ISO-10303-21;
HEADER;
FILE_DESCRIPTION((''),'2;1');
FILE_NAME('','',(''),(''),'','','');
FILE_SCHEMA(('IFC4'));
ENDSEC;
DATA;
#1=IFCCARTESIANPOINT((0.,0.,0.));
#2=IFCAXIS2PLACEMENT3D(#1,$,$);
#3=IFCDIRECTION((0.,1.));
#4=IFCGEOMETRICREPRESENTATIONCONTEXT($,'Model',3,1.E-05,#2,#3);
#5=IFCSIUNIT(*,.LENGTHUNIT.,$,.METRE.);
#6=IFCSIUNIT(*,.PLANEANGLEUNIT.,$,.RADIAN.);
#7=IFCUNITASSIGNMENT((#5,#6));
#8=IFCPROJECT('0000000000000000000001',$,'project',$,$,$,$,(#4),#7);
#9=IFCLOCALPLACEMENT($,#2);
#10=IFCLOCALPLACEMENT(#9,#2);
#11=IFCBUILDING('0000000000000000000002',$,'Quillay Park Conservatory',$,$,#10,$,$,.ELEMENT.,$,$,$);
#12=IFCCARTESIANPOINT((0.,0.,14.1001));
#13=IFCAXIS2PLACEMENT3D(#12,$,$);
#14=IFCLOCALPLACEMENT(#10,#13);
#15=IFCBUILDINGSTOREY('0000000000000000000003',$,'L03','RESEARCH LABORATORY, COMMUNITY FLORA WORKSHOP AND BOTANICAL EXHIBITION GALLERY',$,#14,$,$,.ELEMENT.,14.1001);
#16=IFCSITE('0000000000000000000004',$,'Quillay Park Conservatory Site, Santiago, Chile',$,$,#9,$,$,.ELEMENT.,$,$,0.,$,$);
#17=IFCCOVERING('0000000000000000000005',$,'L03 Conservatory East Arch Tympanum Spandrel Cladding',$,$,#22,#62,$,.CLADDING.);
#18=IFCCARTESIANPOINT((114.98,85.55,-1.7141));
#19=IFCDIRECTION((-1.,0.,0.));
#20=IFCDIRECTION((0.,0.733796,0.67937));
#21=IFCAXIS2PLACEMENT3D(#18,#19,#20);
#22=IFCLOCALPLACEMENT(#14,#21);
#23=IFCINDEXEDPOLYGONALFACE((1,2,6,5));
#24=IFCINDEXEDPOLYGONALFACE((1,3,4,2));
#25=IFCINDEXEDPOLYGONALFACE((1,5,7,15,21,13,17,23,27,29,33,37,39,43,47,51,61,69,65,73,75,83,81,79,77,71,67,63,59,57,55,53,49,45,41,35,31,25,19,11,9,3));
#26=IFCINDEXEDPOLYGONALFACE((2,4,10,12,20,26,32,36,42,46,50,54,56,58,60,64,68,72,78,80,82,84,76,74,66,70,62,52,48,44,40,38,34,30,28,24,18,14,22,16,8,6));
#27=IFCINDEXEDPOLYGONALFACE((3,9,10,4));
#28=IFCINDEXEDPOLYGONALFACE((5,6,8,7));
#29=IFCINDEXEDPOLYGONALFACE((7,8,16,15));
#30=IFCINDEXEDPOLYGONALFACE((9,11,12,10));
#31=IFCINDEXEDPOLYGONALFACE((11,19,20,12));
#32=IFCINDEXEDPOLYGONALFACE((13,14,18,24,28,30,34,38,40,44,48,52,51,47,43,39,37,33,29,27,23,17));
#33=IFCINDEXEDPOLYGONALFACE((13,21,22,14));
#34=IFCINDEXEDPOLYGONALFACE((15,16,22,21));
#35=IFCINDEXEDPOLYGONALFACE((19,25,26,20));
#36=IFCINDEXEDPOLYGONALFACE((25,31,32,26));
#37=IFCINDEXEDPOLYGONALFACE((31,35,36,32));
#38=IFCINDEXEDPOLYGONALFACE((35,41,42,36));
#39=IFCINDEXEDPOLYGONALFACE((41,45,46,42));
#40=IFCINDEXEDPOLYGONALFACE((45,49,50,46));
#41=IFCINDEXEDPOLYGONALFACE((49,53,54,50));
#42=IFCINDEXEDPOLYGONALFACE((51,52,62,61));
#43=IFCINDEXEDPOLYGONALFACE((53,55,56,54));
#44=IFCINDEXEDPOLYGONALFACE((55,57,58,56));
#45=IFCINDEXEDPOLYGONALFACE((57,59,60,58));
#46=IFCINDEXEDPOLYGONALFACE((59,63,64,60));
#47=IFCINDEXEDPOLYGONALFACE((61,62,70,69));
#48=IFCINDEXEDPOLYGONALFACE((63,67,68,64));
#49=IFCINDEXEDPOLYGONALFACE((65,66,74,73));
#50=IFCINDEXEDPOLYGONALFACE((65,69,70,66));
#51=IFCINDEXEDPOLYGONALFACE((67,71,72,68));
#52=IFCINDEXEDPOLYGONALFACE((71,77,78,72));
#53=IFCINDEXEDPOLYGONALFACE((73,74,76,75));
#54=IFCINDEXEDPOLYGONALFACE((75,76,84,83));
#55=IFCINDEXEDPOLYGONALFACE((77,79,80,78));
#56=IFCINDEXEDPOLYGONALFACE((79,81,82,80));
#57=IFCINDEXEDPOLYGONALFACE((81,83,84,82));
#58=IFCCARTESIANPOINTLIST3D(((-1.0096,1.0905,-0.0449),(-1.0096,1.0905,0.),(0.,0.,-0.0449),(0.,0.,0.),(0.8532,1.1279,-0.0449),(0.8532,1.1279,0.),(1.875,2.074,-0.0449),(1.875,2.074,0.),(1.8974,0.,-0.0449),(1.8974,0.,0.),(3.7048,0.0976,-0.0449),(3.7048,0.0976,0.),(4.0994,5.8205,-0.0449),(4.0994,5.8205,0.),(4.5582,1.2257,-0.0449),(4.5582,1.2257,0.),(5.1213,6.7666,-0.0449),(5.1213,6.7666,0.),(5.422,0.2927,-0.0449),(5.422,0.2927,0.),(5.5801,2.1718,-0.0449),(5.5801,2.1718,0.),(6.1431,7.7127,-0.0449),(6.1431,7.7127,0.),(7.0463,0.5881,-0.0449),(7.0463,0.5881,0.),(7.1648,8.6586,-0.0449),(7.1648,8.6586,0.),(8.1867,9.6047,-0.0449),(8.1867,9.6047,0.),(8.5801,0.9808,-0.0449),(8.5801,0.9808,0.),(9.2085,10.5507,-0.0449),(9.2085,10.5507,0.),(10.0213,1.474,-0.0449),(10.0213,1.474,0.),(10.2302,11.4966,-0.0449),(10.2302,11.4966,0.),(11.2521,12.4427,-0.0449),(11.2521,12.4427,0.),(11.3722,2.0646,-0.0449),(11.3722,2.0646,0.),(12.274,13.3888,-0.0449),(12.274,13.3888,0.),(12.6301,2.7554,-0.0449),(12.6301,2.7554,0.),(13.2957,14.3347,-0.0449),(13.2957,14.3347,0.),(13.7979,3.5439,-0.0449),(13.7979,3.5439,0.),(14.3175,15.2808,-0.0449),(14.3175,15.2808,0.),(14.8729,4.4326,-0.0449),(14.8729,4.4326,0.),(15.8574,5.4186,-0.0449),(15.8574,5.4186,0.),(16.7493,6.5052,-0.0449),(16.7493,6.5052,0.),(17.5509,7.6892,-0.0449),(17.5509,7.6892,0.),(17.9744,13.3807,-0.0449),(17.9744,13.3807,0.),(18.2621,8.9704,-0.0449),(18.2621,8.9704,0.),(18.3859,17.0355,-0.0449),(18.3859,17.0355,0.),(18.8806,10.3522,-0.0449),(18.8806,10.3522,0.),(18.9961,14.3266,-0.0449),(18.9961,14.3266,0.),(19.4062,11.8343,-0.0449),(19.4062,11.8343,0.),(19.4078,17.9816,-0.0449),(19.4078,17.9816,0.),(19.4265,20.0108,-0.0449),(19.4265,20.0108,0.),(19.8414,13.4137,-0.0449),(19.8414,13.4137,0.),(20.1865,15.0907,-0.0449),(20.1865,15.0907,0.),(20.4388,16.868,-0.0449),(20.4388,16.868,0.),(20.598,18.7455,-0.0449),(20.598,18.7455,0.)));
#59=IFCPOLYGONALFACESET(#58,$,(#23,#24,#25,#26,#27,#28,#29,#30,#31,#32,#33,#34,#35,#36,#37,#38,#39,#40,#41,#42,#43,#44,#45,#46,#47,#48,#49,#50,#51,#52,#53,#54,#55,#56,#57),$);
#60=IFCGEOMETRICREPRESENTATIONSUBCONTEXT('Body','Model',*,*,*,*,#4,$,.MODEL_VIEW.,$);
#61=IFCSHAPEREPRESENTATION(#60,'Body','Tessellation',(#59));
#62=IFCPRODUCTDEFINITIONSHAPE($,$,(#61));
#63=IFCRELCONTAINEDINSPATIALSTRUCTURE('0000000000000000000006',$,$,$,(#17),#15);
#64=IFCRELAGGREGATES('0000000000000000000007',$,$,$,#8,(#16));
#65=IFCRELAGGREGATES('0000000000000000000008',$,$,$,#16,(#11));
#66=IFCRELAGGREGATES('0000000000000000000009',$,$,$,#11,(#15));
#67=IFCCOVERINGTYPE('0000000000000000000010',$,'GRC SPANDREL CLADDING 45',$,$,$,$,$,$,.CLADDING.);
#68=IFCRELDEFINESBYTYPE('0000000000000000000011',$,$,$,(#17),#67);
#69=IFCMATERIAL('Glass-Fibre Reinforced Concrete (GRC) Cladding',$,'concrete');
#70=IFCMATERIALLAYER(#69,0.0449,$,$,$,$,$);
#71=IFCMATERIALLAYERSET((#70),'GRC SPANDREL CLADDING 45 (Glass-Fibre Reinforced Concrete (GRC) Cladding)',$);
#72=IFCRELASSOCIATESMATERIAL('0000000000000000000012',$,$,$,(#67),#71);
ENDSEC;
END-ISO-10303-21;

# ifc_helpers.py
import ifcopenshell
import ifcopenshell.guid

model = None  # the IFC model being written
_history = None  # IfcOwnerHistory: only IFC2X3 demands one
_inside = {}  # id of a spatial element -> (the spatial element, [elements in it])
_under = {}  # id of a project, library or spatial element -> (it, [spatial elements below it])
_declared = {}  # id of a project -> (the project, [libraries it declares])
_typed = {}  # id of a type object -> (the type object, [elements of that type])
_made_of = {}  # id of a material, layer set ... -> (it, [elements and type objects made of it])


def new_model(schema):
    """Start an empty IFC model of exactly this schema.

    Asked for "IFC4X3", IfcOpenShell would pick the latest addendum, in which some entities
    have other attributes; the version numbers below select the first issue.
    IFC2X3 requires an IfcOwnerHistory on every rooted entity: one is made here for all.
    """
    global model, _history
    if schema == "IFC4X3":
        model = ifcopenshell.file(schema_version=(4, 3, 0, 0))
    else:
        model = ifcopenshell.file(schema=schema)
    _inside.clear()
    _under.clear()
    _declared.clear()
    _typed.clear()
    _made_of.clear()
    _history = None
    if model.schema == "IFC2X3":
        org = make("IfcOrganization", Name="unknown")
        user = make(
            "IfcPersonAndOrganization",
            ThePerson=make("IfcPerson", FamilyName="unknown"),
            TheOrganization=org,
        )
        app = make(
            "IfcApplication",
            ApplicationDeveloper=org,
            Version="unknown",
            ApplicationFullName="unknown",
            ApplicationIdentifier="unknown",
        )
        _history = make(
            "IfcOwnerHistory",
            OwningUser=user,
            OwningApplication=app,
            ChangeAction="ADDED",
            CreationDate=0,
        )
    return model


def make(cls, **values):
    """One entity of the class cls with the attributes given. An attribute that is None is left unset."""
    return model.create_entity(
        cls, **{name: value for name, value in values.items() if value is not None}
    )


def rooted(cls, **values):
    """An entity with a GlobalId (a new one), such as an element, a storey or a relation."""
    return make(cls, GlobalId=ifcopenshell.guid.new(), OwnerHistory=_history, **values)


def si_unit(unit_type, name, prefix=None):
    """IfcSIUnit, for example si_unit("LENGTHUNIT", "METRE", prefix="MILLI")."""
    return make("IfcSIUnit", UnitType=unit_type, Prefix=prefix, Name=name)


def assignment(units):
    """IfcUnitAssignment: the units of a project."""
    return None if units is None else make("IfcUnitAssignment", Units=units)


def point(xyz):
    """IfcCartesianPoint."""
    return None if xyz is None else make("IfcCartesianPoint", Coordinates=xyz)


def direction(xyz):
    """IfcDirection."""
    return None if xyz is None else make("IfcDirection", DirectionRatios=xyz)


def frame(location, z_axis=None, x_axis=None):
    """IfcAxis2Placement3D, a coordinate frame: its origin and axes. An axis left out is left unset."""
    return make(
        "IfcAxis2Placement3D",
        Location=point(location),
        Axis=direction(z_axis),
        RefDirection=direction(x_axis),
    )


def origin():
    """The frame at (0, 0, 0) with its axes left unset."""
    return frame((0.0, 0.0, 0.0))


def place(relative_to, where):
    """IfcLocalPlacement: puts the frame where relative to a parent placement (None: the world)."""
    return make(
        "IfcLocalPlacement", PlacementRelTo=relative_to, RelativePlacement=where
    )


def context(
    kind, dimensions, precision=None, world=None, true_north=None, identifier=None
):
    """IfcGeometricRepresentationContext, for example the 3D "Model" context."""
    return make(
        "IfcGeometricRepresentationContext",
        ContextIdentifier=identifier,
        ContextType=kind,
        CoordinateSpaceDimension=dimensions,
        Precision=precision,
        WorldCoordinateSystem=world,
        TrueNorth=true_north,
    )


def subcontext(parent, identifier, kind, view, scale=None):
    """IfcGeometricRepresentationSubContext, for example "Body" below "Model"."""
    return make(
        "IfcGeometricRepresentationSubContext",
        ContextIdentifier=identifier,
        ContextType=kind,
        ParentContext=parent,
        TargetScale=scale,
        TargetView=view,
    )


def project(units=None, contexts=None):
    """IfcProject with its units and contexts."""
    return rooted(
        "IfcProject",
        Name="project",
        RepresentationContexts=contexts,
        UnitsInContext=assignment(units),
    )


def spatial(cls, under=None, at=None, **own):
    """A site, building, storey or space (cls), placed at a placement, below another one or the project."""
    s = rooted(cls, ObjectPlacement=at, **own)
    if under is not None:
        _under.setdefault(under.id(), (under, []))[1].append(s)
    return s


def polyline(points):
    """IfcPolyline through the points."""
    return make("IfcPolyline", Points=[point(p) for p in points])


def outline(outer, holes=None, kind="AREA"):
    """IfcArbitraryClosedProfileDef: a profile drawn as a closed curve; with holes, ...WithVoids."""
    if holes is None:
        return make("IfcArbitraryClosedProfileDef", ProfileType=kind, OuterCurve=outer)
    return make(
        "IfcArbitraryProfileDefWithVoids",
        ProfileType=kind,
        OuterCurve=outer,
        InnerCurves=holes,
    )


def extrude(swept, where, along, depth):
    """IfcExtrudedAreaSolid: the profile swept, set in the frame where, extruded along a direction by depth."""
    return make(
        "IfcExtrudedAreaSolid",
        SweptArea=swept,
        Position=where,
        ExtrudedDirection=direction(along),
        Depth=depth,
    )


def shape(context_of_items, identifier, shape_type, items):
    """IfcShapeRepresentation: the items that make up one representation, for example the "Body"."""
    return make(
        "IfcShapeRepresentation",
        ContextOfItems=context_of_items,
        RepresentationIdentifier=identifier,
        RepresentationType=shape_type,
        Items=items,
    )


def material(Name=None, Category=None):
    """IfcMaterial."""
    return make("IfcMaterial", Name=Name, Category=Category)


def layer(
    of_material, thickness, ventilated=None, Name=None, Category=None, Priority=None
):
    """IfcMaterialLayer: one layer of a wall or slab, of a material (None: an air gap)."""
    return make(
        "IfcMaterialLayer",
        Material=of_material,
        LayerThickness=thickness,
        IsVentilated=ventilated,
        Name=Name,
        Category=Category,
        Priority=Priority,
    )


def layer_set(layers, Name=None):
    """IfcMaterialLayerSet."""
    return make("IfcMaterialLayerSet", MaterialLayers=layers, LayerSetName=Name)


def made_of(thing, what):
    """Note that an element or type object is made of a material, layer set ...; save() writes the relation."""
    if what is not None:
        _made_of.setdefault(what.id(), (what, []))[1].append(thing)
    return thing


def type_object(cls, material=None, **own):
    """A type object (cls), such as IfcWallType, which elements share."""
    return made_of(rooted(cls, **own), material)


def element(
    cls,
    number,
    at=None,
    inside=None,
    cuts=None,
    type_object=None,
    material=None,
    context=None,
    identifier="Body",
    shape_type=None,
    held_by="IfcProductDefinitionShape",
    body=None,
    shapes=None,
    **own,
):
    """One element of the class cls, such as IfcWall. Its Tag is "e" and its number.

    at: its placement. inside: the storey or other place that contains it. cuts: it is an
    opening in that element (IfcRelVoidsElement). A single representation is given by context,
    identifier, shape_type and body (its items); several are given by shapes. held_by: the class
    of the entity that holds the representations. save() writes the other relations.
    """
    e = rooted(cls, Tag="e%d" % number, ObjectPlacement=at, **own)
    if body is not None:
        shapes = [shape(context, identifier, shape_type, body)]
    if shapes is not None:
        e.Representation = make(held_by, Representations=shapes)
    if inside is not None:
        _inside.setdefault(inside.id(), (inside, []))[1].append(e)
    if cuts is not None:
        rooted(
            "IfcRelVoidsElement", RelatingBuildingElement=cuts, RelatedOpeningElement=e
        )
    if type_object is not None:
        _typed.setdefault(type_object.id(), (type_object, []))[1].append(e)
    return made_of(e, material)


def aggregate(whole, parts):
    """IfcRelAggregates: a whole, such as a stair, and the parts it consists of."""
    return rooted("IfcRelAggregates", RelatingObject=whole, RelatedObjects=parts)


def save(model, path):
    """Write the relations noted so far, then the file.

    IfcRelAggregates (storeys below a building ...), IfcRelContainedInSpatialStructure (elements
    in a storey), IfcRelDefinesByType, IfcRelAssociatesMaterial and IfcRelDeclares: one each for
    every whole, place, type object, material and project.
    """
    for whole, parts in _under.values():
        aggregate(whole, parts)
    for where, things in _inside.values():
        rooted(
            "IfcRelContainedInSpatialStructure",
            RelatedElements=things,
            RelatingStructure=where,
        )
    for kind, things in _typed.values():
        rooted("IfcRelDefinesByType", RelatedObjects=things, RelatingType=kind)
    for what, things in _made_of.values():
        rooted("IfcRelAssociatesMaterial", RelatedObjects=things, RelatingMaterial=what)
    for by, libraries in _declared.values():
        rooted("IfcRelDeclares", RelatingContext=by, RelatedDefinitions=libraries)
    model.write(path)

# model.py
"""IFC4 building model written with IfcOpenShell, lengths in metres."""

from ifc_helpers import new_model, si_unit, direction, frame, origin, place, context, subcontext, project, spatial, polyline, outline, extrude, material, layer, layer_set, type_object, element, save


model = new_model("IFC4")

# Units and contexts
model_context = context("Model", 3, precision=1e-05, world=origin(), true_north=direction((0.0, 1.0)))
body_context = subcontext(model_context, "Body", "Model", "MODEL_VIEW")
ifc_project = project(units=[si_unit("LENGTHUNIT", "METRE"), si_unit("PLANEANGLEUNIT", "RADIAN")], contexts=[model_context])

# Site, building, storey
site_placement = place(None, origin())
site = spatial("IfcSite", under=ifc_project, at=site_placement, Name="Quillay Park Conservatory Site, Santiago, Chile", CompositionType="ELEMENT", RefElevation=0.0)
building_placement = place(site_placement, origin())
building = spatial("IfcBuilding", under=site, at=building_placement, Name="Quillay Park Conservatory", CompositionType="ELEMENT")
storey_placement = place(building_placement, frame((0.0, 0.0, 14.1001)))
storey = spatial("IfcBuildingStorey", under=building, at=storey_placement, Name="L03", Description="RESEARCH LABORATORY, COMMUNITY FLORA WORKSHOP AND BOTANICAL EXHIBITION GALLERY", CompositionType="ELEMENT", Elevation=14.1001)

# Covering
ifc_material_1 = material(Name="Glass-Fibre Reinforced Concrete (GRC) Cladding", Category="concrete")
ifc_layer_1 = layer(ifc_material_1, 0.0449)
ifc_layer_set_1 = layer_set([ifc_layer_1], Name="GRC SPANDREL CLADDING 45 (Glass-Fibre Reinforced Concrete (GRC) Cladding)")
covering_type = type_object("IfcCoveringType", Name="GRC SPANDREL CLADDING 45", PredefinedType="CLADDING", material=ifc_layer_set_1)
covering_1_placement = place(storey_placement, frame((114.98, 85.55, -1.7141), z_axis=(-1.0, 0.0, 0.0), x_axis=(0.0, 0.733796, 0.67937)))
element("IfcCovering", 1, at=covering_1_placement, inside=storey, type_object=covering_type, Name="L03 Conservatory East Arch Tympanum Spandrel Cladding", PredefinedType="CLADDING", context=body_context, shape_type="SweptSolid", body=[
    extrude(outline(polyline([(0.0, 0.0), (1.8974, 0.0), (3.7048, 0.0976), (5.422, 0.2927), (7.0463, 0.5881), (8.5801, 0.9808), (10.0213, 1.474), (11.3722, 2.0646), (12.6301, 2.7554), (13.7979, 3.5439), (14.8729, 4.4326), (15.8574, 5.4186), (16.7493, 6.5052), (17.5509, 7.6892), (18.2621, 8.9704), (18.8806, 10.3522), (19.4062, 11.8343), (19.8414, 13.4137), (20.1865, 15.0907), (20.4388, 16.868), (20.598, 18.7455), (19.4265, 20.0108), (19.4078, 17.9816), (18.3859, 17.0355), (18.9961, 14.3266), (17.9744, 13.3807), (14.3175, 15.2808), (13.2957, 14.3347), (12.274, 13.3888), (11.2521, 12.4427), (10.2302, 11.4966), (9.2085, 10.5507), (8.1867, 9.6047), (7.1648, 8.6586), (6.1431, 7.7127), (5.1213, 6.7666), (4.0994, 5.8205), (5.5801, 2.1718), (4.5582, 1.2257), (1.875, 2.074), (0.8532, 1.1279), (-1.0096, 1.0905), (0.0, 0.0)])), origin(), (0.0, 0.0, -1.0), 0.0449),
])

save(model, "model.ifc")
